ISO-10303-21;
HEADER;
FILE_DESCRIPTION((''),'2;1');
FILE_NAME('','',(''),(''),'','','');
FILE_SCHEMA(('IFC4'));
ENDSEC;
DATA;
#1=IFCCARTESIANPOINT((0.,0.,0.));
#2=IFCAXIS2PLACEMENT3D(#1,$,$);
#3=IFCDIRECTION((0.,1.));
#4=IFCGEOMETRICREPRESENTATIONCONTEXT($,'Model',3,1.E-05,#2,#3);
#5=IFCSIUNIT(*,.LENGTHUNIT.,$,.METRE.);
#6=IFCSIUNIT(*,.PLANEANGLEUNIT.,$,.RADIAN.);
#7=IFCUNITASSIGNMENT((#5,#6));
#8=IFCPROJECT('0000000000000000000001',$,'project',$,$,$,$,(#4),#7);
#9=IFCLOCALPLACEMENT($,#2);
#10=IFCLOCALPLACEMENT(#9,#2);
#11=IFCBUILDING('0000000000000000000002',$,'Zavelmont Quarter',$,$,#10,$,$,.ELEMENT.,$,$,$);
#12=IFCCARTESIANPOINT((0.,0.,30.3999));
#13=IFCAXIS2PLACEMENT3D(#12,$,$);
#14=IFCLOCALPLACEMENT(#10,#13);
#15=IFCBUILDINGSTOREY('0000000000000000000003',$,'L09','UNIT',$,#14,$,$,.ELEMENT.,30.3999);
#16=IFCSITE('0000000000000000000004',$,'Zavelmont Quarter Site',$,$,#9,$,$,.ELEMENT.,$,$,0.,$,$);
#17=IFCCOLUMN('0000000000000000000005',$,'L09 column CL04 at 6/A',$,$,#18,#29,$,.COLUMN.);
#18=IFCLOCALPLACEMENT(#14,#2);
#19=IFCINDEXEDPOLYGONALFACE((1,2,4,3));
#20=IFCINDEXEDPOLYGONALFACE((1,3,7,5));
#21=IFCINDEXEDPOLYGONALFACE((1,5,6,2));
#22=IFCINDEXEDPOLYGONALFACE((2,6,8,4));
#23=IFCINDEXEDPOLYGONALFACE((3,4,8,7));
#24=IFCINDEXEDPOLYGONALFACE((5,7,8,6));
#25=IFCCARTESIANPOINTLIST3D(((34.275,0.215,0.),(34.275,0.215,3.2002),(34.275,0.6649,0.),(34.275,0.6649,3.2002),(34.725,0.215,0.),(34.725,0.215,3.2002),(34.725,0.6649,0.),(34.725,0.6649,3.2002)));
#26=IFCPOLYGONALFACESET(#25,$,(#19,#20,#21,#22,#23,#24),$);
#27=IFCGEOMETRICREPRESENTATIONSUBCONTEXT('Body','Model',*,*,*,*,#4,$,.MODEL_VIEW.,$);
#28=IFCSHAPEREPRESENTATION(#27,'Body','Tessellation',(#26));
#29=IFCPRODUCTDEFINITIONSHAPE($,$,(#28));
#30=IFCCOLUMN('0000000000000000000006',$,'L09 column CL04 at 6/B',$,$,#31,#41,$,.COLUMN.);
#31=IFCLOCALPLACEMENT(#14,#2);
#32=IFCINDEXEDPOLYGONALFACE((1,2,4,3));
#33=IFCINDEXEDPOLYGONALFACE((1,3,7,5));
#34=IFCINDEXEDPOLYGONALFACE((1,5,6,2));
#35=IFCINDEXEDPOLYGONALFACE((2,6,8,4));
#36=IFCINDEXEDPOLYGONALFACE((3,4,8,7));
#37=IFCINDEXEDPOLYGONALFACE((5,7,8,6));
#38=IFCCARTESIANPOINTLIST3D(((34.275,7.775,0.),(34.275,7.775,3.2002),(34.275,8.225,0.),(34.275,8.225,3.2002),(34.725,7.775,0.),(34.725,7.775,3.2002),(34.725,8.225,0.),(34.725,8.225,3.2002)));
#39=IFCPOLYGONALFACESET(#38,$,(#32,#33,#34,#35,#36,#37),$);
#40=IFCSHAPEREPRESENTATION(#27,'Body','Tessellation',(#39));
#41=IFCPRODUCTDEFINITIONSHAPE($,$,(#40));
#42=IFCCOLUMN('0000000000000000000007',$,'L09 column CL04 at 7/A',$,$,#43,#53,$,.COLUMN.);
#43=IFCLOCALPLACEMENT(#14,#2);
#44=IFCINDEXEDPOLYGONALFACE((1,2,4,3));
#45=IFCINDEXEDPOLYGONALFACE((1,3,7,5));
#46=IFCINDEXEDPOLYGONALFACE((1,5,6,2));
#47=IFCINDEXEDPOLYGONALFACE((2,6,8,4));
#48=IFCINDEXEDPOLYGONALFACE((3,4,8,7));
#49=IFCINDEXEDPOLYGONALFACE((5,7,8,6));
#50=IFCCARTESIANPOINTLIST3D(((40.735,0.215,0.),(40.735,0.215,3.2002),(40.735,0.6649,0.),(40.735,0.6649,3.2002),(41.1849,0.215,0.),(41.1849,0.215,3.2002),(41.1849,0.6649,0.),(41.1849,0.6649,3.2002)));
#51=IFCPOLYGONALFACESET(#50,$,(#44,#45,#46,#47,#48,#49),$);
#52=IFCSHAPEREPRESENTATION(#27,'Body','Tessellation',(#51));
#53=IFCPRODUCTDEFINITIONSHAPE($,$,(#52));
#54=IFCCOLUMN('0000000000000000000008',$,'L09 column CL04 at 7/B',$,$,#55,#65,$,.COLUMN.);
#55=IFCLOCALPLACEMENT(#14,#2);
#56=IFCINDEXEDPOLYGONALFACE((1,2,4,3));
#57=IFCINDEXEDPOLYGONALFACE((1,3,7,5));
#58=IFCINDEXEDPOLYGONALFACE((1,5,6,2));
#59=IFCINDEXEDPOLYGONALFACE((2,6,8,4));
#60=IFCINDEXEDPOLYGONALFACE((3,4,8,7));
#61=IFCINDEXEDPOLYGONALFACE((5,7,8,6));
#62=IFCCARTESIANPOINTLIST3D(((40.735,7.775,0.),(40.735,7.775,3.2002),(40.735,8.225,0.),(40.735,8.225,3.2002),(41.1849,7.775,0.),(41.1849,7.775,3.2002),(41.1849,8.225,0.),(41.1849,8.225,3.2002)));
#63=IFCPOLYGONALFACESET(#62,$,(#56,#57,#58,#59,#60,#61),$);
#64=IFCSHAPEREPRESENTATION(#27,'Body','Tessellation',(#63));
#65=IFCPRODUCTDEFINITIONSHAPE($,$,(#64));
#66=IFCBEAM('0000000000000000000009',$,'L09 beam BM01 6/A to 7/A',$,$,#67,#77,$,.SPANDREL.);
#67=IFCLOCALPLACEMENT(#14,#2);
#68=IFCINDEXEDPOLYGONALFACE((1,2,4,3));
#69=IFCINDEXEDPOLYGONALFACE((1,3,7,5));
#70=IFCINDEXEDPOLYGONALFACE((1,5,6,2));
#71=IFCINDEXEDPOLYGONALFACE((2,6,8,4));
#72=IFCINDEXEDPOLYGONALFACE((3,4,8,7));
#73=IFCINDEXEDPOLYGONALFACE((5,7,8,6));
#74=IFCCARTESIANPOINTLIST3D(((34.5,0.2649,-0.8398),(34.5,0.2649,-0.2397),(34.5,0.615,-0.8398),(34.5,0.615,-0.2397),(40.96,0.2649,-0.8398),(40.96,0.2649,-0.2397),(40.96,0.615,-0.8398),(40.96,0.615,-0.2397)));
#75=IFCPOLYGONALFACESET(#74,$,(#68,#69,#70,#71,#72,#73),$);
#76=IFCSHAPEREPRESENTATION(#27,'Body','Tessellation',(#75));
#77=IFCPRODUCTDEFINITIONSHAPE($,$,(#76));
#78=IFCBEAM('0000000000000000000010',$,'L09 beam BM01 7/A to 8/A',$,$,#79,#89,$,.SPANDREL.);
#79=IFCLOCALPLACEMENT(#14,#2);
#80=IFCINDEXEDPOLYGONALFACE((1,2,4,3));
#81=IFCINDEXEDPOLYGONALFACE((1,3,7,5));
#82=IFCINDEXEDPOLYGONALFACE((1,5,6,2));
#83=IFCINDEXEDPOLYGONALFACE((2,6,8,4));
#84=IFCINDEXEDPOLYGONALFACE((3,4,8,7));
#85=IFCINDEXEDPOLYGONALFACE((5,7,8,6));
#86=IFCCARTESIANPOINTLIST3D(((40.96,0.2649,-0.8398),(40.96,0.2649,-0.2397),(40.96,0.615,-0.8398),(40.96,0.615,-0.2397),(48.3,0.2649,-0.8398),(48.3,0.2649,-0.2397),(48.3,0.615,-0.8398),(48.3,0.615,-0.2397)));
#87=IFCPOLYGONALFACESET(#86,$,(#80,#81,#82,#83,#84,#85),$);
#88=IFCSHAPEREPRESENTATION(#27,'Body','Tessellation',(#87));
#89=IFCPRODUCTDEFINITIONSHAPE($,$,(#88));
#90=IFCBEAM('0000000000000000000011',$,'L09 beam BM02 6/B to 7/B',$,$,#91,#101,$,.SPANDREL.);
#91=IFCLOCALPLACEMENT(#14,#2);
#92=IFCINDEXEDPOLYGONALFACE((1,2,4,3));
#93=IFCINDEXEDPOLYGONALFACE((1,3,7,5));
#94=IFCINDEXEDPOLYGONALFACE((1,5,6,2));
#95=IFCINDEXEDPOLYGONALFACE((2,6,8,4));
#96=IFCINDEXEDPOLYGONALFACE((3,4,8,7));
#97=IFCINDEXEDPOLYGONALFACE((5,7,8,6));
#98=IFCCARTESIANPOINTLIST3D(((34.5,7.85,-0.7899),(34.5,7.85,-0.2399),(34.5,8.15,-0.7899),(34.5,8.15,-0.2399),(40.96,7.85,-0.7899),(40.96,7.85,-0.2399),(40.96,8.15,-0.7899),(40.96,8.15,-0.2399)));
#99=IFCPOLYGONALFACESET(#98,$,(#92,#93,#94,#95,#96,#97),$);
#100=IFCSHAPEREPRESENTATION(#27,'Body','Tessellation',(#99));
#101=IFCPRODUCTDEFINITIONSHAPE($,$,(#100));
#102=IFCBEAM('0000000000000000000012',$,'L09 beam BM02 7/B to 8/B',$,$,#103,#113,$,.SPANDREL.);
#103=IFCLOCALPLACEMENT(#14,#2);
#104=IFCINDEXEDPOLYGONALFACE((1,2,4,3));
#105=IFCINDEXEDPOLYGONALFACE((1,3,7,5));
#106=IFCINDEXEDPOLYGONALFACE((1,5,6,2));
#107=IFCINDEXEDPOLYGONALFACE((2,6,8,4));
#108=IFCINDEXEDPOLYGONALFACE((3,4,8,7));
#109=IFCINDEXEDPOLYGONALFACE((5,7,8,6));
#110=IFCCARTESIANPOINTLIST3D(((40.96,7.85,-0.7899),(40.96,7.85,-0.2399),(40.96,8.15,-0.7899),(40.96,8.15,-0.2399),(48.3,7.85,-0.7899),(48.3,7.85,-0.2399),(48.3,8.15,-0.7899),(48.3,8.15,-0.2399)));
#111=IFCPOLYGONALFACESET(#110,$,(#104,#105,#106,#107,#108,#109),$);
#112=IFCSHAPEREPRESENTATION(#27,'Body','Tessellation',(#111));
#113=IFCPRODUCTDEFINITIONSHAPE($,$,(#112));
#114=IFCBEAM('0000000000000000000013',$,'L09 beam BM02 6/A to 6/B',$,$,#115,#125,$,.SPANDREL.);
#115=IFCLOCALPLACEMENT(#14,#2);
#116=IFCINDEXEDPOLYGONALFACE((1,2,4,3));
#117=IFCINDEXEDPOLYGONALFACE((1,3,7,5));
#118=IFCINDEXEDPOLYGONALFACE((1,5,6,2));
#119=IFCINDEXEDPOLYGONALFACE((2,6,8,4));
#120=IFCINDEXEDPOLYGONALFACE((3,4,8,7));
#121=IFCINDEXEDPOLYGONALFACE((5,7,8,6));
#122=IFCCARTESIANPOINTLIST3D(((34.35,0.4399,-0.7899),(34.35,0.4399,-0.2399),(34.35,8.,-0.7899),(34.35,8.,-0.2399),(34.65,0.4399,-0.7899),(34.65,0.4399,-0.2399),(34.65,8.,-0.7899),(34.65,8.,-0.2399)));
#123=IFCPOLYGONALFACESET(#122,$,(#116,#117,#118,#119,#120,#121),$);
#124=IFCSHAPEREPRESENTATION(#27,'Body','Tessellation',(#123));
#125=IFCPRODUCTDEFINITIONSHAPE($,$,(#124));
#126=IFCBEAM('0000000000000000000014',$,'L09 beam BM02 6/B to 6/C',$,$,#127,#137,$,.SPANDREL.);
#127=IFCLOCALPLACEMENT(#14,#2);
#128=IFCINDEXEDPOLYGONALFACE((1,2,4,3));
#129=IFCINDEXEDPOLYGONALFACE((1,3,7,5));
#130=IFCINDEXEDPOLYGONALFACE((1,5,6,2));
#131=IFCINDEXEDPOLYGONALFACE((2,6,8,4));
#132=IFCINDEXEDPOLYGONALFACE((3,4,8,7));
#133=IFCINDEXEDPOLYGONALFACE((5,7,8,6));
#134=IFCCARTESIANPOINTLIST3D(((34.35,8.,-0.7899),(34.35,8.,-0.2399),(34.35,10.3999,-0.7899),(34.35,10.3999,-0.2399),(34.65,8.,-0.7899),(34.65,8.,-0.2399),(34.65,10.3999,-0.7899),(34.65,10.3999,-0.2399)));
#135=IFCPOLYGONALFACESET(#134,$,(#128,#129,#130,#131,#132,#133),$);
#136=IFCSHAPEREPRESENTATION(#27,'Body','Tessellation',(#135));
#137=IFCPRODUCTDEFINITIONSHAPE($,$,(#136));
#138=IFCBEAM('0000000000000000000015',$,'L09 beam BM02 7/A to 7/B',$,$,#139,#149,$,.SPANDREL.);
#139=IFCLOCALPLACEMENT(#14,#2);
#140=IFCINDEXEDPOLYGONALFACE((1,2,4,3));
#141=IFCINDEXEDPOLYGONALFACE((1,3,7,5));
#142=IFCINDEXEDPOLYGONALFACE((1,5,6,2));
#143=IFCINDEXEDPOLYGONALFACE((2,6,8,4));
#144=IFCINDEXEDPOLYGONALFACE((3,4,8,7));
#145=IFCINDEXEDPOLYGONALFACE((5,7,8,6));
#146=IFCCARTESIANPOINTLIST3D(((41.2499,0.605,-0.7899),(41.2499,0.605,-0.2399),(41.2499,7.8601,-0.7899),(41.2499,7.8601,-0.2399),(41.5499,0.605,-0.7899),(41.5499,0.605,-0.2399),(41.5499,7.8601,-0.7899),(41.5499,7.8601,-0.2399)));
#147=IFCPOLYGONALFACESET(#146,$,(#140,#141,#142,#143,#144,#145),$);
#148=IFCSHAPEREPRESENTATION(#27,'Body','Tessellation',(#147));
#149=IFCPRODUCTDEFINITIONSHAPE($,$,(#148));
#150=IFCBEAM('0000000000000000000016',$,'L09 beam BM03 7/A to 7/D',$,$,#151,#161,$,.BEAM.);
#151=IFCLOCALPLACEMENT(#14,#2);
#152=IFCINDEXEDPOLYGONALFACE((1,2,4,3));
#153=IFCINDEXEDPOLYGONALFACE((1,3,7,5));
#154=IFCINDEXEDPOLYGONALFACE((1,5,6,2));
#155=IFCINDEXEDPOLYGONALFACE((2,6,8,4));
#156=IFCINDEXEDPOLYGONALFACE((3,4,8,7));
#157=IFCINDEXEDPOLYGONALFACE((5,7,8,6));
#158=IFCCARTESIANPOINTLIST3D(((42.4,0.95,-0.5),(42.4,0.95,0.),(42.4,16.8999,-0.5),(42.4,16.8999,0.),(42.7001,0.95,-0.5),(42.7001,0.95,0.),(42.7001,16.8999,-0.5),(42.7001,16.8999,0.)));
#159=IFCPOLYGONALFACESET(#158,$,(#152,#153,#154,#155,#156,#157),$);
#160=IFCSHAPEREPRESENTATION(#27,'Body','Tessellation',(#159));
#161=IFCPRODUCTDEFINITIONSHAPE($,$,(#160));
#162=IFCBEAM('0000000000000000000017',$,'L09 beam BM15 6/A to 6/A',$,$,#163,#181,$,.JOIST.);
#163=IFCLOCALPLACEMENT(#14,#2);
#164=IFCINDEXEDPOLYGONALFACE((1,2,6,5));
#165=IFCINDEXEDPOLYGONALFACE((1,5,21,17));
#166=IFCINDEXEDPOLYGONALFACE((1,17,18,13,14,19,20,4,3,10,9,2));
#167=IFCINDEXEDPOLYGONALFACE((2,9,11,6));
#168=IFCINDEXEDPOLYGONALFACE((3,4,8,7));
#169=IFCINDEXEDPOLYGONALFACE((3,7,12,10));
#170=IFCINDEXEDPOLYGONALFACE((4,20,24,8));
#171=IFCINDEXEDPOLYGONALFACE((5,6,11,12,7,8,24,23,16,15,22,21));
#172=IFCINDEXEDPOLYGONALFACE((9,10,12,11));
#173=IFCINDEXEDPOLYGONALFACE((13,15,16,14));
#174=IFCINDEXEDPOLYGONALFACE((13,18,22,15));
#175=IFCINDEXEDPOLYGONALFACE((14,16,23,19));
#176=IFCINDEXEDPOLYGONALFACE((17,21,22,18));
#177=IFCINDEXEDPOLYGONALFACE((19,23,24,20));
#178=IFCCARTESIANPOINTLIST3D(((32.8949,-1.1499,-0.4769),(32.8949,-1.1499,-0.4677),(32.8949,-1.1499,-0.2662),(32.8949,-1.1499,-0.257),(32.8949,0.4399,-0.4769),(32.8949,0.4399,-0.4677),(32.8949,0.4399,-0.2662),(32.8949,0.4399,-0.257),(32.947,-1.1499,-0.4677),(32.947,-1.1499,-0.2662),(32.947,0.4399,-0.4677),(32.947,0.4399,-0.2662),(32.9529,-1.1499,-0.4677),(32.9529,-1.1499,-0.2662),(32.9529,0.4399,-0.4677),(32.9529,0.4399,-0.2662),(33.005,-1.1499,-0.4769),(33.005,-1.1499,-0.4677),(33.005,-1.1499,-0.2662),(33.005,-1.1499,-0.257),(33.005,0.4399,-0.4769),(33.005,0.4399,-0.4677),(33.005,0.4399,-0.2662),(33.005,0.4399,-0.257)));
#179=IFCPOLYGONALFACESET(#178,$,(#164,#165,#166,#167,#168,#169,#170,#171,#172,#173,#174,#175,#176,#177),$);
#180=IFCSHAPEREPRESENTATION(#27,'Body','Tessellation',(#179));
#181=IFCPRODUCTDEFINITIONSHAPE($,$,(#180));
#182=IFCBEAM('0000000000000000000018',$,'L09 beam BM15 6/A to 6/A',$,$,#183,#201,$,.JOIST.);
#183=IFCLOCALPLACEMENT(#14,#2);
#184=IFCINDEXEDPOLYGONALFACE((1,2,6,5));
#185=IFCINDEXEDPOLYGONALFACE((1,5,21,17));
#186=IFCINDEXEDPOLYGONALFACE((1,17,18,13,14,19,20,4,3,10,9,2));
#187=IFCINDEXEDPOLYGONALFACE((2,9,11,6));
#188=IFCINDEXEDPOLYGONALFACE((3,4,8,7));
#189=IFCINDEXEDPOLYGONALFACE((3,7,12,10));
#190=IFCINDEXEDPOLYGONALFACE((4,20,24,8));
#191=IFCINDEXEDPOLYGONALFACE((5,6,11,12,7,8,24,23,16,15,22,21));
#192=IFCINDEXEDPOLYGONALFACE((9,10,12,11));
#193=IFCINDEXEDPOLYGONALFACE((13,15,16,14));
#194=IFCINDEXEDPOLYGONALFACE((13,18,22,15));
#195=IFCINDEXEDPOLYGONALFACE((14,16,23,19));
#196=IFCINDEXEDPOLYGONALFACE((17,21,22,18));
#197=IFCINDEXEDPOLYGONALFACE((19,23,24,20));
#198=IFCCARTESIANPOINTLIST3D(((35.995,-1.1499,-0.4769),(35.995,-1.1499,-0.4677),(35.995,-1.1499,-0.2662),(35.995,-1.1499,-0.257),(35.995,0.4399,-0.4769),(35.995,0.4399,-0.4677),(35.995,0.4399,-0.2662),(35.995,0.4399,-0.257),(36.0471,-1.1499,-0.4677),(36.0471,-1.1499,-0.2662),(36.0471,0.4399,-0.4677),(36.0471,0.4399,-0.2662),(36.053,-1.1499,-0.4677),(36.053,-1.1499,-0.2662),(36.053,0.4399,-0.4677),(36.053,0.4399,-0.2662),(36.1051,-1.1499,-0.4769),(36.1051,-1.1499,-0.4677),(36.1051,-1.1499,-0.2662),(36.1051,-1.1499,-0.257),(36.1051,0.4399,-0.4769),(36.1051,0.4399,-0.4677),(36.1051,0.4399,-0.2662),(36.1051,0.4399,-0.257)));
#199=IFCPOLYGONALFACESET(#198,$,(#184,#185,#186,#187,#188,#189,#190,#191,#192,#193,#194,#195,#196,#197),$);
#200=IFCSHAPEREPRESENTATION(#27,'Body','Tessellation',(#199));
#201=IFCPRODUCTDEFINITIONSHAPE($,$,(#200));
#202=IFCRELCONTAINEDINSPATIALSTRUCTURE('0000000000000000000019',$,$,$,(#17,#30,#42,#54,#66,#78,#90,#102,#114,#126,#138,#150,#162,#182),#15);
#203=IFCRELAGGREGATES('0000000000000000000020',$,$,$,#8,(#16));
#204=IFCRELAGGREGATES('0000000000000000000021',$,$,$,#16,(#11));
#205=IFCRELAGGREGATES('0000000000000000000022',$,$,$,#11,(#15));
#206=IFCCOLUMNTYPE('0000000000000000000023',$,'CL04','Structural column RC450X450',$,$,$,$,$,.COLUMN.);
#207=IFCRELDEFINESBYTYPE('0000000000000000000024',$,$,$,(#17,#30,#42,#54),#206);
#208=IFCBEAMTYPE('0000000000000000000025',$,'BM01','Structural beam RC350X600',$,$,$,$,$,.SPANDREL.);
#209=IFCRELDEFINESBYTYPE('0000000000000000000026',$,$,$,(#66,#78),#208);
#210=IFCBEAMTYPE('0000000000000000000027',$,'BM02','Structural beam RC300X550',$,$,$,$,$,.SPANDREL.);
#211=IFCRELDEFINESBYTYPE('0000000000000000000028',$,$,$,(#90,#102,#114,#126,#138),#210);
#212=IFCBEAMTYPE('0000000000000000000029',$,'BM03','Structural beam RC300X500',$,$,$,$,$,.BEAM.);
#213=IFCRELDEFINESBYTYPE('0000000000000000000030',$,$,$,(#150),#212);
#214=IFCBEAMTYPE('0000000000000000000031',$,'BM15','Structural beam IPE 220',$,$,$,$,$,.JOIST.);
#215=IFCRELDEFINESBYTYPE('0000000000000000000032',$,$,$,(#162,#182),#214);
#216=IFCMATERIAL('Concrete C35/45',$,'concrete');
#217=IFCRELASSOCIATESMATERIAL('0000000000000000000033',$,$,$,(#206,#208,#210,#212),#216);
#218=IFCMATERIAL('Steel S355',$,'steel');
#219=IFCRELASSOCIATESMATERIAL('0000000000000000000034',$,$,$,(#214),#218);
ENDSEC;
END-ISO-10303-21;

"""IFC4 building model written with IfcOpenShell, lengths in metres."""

from ifc_helpers import new_model, si_unit, direction, frame, origin, origin_2d, place, context, subcontext, project, spatial, rectangle, i_section, extrude, material, material_profile, profile_set, type_object, element, save


model = new_model("IFC4")

# Units and contexts
model_context = context("Model", 3, precision=1e-05, world=origin(), true_north=direction((0.0, 1.0)))
body_context = subcontext(model_context, "Body", "Model", "MODEL_VIEW")
ifc_project = project(units=[si_unit("LENGTHUNIT", "METRE"), si_unit("PLANEANGLEUNIT", "RADIAN")], contexts=[model_context])

# Site, building, storey
site_placement = place(None, origin())
site = spatial("IfcSite", under=ifc_project, at=site_placement, Name="Zavelmont Quarter Site", CompositionType="ELEMENT", RefElevation=0.0)
building_placement = place(site_placement, origin())
building = spatial("IfcBuilding", under=site, at=building_placement, Name="Zavelmont Quarter", CompositionType="ELEMENT")
storey_placement = place(building_placement, frame((0.0, 0.0, 30.3999)))
storey = spatial("IfcBuildingStorey", under=building, at=storey_placement, Name="L09", Description="UNIT", CompositionType="ELEMENT", Elevation=30.3999)

# Columns
ifc_material_1 = material(Name="Concrete C35/45", Category="concrete")
ifc_material_profile_1 = material_profile(ifc_material_1, rectangle(XDim=0.45, YDim=0.45, at=origin_2d()), Name="RC450X450")
ifc_profile_set_1 = profile_set([ifc_material_profile_1], Name="Concrete C35/45")
column_type = type_object("IfcColumnType", Name="CL04", Description="Structural column RC450X450", PredefinedType="COLUMN", material=ifc_profile_set_1)
for number, where, z_axis, x_axis, name in (
    (1, (34.5, 0.4399, 0.0), (0.0, 0.0, 1.0), (1.0, 0.0, 0.0), "L09 column CL04 at 6/A"),
    (2, (34.5, 8.0, 0.0), (0.0, 0.0, 1.0), (1.0, 0.0, 0.0), "L09 column CL04 at 6/B"),
    (3, (40.96, 0.4399, 0.0), (0.0, 0.0, 1.0), (1.0, 0.0, 0.0), "L09 column CL04 at 7/A"),
    (4, (40.96, 8.0, 0.0), (0.0, 0.0, 1.0), (1.0, 0.0, 0.0), "L09 column CL04 at 7/B"),
):
    element("IfcColumn", number, at=place(storey_placement, frame(where, z_axis=z_axis, x_axis=x_axis)), inside=storey, type_object=column_type, Name=name, PredefinedType="COLUMN", context=body_context, shape_type="SweptSolid", body=[
        extrude(rectangle(XDim=0.45, YDim=0.45, at=origin_2d()), origin(), (0.0, 0.0, 1.0), 3.2002),
    ])

# Beams
ifc_material_profile_2 = material_profile(ifc_material_1, rectangle(XDim=0.3501, YDim=0.6001, at=origin_2d()), Name="RC350X600")
ifc_profile_set_2 = profile_set([ifc_material_profile_2], Name="Concrete C35/45")
beam_type_1 = type_object("IfcBeamType", Name="BM01", Description="Structural beam RC350X600", PredefinedType="SPANDREL", material=ifc_profile_set_2)
beam_1_placement = place(storey_placement, frame((34.5, 0.4399, -0.5398), z_axis=(1.0, 0.0, 0.0), x_axis=(0.0, 1.0, 0.0)))
element("IfcBeam", 5, at=beam_1_placement, inside=storey, type_object=beam_type_1, Name="L09 beam BM01 6/A to 7/A", PredefinedType="SPANDREL", context=body_context, shape_type="SweptSolid", body=[
    extrude(rectangle(XDim=0.3501, YDim=0.6001, at=origin_2d()), origin(), (0.0, 0.0, 1.0), 6.46),
])
beam_2_placement = place(storey_placement, frame((40.96, 0.4399, -0.5398), z_axis=(1.0, 0.0, 0.0), x_axis=(0.0, 1.0, 0.0)))
element("IfcBeam", 6, at=beam_2_placement, inside=storey, type_object=beam_type_1, Name="L09 beam BM01 7/A to 8/A", PredefinedType="SPANDREL", context=body_context, shape_type="SweptSolid", body=[
    extrude(rectangle(XDim=0.3501, YDim=0.6001, at=origin_2d()), origin(), (0.0, 0.0, 1.0), 7.3401),
])
ifc_material_profile_3 = material_profile(ifc_material_1, rectangle(XDim=0.3, YDim=0.55, at=origin_2d()), Name="RC300X550")
ifc_profile_set_3 = profile_set([ifc_material_profile_3], Name="Concrete C35/45")
beam_type_2 = type_object("IfcBeamType", Name="BM02", Description="Structural beam RC300X550", PredefinedType="SPANDREL", material=ifc_profile_set_3)
beam_3_placement = place(storey_placement, frame((34.5, 8.0, -0.5149), z_axis=(1.0, 0.0, 0.0), x_axis=(0.0, 1.0, 0.0)))
element("IfcBeam", 7, at=beam_3_placement, inside=storey, type_object=beam_type_2, Name="L09 beam BM02 6/B to 7/B", PredefinedType="SPANDREL", context=body_context, shape_type="SweptSolid", body=[
    extrude(rectangle(XDim=0.3, YDim=0.55, at=origin_2d()), origin(), (0.0, 0.0, 1.0), 6.46),
])
beam_4_placement = place(storey_placement, frame((40.96, 8.0, -0.5149), z_axis=(1.0, 0.0, 0.0), x_axis=(0.0, 1.0, 0.0)))
element("IfcBeam", 8, at=beam_4_placement, inside=storey, type_object=beam_type_2, Name="L09 beam BM02 7/B to 8/B", PredefinedType="SPANDREL", context=body_context, shape_type="SweptSolid", body=[
    extrude(rectangle(XDim=0.3, YDim=0.55, at=origin_2d()), origin(), (0.0, 0.0, 1.0), 7.3401),
])
beam_5_placement = place(storey_placement, frame((34.5, 0.4399, -0.5149), z_axis=(0.0, 1.0, 0.0), x_axis=(-1.0, 0.0, 0.0)))
element("IfcBeam", 9, at=beam_5_placement, inside=storey, type_object=beam_type_2, Name="L09 beam BM02 6/A to 6/B", PredefinedType="SPANDREL", context=body_context, shape_type="SweptSolid", body=[
    extrude(rectangle(XDim=0.3, YDim=0.55, at=origin_2d()), origin(), (0.0, 0.0, 1.0), 7.5601),
])
beam_6_placement = place(storey_placement, frame((34.5, 8.0, -0.5149), z_axis=(0.0, 1.0, 0.0), x_axis=(-1.0, 0.0, 0.0)))
element("IfcBeam", 10, at=beam_6_placement, inside=storey, type_object=beam_type_2, Name="L09 beam BM02 6/B to 6/C", PredefinedType="SPANDREL", context=body_context, shape_type="SweptSolid", body=[
    extrude(rectangle(XDim=0.3, YDim=0.55, at=origin_2d()), origin(), (0.0, 0.0, 1.0), 2.3999),
])
beam_7_placement = place(storey_placement, frame((41.3999, 0.605, -0.5149), z_axis=(0.0, 1.0, 0.0), x_axis=(-1.0, 0.0, 0.0)))
element("IfcBeam", 11, at=beam_7_placement, inside=storey, type_object=beam_type_2, Name="L09 beam BM02 7/A to 7/B", PredefinedType="SPANDREL", context=body_context, shape_type="SweptSolid", body=[
    extrude(rectangle(XDim=0.3, YDim=0.55, at=origin_2d()), origin(), (0.0, 0.0, 1.0), 7.2551),
])
ifc_material_profile_4 = material_profile(ifc_material_1, rectangle(XDim=0.3, YDim=0.5, at=origin_2d()), Name="RC300X500")
ifc_profile_set_4 = profile_set([ifc_material_profile_4], Name="Concrete C35/45")
beam_type_3 = type_object("IfcBeamType", Name="BM03", Description="Structural beam RC300X500", PredefinedType="BEAM", material=ifc_profile_set_4)
beam_8_placement = place(storey_placement, frame((42.55, 0.95, -0.25), z_axis=(0.0, 1.0, 0.0), x_axis=(-1.0, 0.0, 0.0)))
element("IfcBeam", 12, at=beam_8_placement, inside=storey, type_object=beam_type_3, Name="L09 beam BM03 7/A to 7/D", PredefinedType="BEAM", context=body_context, shape_type="SweptSolid", body=[
    extrude(rectangle(XDim=0.3, YDim=0.5, at=origin_2d()), origin(), (0.0, 0.0, 1.0), 15.95),
])
ifc_material_2 = material(Name="Steel S355", Category="steel")
ifc_material_profile_5 = material_profile(ifc_material_2, i_section(OverallWidth=0.1101, OverallDepth=0.22, WebThickness=0.0059, FlangeThickness=0.0093, at=origin_2d()), Name="IPE 220")
ifc_profile_set_5 = profile_set([ifc_material_profile_5], Name="Steel S355")
beam_type_4 = type_object("IfcBeamType", Name="BM15", Description="Structural beam IPE 220", PredefinedType="JOIST", material=ifc_profile_set_5)
for number, where, z_axis, x_axis, name in (
    (13, (32.95, 0.4399, -0.3669), (0.0, -1.0, 0.0), (1.0, 0.0, 0.0), "L09 beam BM15 6/A to 6/A"),
    (14, (36.05, 0.4399, -0.3669), (0.0, -1.0, 0.0), (1.0, 0.0, 0.0), "L09 beam BM15 6/A to 6/A"),
):
    element("IfcBeam", number, at=place(storey_placement, frame(where, z_axis=z_axis, x_axis=x_axis)), inside=storey, type_object=beam_type_4, Name=name, PredefinedType="JOIST", context=body_context, shape_type="SweptSolid", body=[
        extrude(i_section(OverallWidth=0.1101, OverallDepth=0.22, WebThickness=0.0059, FlangeThickness=0.0093, at=origin_2d()), origin(), (0.0, 0.0, 1.0), 1.5898),
    ])

save(model, "model.ifc")
